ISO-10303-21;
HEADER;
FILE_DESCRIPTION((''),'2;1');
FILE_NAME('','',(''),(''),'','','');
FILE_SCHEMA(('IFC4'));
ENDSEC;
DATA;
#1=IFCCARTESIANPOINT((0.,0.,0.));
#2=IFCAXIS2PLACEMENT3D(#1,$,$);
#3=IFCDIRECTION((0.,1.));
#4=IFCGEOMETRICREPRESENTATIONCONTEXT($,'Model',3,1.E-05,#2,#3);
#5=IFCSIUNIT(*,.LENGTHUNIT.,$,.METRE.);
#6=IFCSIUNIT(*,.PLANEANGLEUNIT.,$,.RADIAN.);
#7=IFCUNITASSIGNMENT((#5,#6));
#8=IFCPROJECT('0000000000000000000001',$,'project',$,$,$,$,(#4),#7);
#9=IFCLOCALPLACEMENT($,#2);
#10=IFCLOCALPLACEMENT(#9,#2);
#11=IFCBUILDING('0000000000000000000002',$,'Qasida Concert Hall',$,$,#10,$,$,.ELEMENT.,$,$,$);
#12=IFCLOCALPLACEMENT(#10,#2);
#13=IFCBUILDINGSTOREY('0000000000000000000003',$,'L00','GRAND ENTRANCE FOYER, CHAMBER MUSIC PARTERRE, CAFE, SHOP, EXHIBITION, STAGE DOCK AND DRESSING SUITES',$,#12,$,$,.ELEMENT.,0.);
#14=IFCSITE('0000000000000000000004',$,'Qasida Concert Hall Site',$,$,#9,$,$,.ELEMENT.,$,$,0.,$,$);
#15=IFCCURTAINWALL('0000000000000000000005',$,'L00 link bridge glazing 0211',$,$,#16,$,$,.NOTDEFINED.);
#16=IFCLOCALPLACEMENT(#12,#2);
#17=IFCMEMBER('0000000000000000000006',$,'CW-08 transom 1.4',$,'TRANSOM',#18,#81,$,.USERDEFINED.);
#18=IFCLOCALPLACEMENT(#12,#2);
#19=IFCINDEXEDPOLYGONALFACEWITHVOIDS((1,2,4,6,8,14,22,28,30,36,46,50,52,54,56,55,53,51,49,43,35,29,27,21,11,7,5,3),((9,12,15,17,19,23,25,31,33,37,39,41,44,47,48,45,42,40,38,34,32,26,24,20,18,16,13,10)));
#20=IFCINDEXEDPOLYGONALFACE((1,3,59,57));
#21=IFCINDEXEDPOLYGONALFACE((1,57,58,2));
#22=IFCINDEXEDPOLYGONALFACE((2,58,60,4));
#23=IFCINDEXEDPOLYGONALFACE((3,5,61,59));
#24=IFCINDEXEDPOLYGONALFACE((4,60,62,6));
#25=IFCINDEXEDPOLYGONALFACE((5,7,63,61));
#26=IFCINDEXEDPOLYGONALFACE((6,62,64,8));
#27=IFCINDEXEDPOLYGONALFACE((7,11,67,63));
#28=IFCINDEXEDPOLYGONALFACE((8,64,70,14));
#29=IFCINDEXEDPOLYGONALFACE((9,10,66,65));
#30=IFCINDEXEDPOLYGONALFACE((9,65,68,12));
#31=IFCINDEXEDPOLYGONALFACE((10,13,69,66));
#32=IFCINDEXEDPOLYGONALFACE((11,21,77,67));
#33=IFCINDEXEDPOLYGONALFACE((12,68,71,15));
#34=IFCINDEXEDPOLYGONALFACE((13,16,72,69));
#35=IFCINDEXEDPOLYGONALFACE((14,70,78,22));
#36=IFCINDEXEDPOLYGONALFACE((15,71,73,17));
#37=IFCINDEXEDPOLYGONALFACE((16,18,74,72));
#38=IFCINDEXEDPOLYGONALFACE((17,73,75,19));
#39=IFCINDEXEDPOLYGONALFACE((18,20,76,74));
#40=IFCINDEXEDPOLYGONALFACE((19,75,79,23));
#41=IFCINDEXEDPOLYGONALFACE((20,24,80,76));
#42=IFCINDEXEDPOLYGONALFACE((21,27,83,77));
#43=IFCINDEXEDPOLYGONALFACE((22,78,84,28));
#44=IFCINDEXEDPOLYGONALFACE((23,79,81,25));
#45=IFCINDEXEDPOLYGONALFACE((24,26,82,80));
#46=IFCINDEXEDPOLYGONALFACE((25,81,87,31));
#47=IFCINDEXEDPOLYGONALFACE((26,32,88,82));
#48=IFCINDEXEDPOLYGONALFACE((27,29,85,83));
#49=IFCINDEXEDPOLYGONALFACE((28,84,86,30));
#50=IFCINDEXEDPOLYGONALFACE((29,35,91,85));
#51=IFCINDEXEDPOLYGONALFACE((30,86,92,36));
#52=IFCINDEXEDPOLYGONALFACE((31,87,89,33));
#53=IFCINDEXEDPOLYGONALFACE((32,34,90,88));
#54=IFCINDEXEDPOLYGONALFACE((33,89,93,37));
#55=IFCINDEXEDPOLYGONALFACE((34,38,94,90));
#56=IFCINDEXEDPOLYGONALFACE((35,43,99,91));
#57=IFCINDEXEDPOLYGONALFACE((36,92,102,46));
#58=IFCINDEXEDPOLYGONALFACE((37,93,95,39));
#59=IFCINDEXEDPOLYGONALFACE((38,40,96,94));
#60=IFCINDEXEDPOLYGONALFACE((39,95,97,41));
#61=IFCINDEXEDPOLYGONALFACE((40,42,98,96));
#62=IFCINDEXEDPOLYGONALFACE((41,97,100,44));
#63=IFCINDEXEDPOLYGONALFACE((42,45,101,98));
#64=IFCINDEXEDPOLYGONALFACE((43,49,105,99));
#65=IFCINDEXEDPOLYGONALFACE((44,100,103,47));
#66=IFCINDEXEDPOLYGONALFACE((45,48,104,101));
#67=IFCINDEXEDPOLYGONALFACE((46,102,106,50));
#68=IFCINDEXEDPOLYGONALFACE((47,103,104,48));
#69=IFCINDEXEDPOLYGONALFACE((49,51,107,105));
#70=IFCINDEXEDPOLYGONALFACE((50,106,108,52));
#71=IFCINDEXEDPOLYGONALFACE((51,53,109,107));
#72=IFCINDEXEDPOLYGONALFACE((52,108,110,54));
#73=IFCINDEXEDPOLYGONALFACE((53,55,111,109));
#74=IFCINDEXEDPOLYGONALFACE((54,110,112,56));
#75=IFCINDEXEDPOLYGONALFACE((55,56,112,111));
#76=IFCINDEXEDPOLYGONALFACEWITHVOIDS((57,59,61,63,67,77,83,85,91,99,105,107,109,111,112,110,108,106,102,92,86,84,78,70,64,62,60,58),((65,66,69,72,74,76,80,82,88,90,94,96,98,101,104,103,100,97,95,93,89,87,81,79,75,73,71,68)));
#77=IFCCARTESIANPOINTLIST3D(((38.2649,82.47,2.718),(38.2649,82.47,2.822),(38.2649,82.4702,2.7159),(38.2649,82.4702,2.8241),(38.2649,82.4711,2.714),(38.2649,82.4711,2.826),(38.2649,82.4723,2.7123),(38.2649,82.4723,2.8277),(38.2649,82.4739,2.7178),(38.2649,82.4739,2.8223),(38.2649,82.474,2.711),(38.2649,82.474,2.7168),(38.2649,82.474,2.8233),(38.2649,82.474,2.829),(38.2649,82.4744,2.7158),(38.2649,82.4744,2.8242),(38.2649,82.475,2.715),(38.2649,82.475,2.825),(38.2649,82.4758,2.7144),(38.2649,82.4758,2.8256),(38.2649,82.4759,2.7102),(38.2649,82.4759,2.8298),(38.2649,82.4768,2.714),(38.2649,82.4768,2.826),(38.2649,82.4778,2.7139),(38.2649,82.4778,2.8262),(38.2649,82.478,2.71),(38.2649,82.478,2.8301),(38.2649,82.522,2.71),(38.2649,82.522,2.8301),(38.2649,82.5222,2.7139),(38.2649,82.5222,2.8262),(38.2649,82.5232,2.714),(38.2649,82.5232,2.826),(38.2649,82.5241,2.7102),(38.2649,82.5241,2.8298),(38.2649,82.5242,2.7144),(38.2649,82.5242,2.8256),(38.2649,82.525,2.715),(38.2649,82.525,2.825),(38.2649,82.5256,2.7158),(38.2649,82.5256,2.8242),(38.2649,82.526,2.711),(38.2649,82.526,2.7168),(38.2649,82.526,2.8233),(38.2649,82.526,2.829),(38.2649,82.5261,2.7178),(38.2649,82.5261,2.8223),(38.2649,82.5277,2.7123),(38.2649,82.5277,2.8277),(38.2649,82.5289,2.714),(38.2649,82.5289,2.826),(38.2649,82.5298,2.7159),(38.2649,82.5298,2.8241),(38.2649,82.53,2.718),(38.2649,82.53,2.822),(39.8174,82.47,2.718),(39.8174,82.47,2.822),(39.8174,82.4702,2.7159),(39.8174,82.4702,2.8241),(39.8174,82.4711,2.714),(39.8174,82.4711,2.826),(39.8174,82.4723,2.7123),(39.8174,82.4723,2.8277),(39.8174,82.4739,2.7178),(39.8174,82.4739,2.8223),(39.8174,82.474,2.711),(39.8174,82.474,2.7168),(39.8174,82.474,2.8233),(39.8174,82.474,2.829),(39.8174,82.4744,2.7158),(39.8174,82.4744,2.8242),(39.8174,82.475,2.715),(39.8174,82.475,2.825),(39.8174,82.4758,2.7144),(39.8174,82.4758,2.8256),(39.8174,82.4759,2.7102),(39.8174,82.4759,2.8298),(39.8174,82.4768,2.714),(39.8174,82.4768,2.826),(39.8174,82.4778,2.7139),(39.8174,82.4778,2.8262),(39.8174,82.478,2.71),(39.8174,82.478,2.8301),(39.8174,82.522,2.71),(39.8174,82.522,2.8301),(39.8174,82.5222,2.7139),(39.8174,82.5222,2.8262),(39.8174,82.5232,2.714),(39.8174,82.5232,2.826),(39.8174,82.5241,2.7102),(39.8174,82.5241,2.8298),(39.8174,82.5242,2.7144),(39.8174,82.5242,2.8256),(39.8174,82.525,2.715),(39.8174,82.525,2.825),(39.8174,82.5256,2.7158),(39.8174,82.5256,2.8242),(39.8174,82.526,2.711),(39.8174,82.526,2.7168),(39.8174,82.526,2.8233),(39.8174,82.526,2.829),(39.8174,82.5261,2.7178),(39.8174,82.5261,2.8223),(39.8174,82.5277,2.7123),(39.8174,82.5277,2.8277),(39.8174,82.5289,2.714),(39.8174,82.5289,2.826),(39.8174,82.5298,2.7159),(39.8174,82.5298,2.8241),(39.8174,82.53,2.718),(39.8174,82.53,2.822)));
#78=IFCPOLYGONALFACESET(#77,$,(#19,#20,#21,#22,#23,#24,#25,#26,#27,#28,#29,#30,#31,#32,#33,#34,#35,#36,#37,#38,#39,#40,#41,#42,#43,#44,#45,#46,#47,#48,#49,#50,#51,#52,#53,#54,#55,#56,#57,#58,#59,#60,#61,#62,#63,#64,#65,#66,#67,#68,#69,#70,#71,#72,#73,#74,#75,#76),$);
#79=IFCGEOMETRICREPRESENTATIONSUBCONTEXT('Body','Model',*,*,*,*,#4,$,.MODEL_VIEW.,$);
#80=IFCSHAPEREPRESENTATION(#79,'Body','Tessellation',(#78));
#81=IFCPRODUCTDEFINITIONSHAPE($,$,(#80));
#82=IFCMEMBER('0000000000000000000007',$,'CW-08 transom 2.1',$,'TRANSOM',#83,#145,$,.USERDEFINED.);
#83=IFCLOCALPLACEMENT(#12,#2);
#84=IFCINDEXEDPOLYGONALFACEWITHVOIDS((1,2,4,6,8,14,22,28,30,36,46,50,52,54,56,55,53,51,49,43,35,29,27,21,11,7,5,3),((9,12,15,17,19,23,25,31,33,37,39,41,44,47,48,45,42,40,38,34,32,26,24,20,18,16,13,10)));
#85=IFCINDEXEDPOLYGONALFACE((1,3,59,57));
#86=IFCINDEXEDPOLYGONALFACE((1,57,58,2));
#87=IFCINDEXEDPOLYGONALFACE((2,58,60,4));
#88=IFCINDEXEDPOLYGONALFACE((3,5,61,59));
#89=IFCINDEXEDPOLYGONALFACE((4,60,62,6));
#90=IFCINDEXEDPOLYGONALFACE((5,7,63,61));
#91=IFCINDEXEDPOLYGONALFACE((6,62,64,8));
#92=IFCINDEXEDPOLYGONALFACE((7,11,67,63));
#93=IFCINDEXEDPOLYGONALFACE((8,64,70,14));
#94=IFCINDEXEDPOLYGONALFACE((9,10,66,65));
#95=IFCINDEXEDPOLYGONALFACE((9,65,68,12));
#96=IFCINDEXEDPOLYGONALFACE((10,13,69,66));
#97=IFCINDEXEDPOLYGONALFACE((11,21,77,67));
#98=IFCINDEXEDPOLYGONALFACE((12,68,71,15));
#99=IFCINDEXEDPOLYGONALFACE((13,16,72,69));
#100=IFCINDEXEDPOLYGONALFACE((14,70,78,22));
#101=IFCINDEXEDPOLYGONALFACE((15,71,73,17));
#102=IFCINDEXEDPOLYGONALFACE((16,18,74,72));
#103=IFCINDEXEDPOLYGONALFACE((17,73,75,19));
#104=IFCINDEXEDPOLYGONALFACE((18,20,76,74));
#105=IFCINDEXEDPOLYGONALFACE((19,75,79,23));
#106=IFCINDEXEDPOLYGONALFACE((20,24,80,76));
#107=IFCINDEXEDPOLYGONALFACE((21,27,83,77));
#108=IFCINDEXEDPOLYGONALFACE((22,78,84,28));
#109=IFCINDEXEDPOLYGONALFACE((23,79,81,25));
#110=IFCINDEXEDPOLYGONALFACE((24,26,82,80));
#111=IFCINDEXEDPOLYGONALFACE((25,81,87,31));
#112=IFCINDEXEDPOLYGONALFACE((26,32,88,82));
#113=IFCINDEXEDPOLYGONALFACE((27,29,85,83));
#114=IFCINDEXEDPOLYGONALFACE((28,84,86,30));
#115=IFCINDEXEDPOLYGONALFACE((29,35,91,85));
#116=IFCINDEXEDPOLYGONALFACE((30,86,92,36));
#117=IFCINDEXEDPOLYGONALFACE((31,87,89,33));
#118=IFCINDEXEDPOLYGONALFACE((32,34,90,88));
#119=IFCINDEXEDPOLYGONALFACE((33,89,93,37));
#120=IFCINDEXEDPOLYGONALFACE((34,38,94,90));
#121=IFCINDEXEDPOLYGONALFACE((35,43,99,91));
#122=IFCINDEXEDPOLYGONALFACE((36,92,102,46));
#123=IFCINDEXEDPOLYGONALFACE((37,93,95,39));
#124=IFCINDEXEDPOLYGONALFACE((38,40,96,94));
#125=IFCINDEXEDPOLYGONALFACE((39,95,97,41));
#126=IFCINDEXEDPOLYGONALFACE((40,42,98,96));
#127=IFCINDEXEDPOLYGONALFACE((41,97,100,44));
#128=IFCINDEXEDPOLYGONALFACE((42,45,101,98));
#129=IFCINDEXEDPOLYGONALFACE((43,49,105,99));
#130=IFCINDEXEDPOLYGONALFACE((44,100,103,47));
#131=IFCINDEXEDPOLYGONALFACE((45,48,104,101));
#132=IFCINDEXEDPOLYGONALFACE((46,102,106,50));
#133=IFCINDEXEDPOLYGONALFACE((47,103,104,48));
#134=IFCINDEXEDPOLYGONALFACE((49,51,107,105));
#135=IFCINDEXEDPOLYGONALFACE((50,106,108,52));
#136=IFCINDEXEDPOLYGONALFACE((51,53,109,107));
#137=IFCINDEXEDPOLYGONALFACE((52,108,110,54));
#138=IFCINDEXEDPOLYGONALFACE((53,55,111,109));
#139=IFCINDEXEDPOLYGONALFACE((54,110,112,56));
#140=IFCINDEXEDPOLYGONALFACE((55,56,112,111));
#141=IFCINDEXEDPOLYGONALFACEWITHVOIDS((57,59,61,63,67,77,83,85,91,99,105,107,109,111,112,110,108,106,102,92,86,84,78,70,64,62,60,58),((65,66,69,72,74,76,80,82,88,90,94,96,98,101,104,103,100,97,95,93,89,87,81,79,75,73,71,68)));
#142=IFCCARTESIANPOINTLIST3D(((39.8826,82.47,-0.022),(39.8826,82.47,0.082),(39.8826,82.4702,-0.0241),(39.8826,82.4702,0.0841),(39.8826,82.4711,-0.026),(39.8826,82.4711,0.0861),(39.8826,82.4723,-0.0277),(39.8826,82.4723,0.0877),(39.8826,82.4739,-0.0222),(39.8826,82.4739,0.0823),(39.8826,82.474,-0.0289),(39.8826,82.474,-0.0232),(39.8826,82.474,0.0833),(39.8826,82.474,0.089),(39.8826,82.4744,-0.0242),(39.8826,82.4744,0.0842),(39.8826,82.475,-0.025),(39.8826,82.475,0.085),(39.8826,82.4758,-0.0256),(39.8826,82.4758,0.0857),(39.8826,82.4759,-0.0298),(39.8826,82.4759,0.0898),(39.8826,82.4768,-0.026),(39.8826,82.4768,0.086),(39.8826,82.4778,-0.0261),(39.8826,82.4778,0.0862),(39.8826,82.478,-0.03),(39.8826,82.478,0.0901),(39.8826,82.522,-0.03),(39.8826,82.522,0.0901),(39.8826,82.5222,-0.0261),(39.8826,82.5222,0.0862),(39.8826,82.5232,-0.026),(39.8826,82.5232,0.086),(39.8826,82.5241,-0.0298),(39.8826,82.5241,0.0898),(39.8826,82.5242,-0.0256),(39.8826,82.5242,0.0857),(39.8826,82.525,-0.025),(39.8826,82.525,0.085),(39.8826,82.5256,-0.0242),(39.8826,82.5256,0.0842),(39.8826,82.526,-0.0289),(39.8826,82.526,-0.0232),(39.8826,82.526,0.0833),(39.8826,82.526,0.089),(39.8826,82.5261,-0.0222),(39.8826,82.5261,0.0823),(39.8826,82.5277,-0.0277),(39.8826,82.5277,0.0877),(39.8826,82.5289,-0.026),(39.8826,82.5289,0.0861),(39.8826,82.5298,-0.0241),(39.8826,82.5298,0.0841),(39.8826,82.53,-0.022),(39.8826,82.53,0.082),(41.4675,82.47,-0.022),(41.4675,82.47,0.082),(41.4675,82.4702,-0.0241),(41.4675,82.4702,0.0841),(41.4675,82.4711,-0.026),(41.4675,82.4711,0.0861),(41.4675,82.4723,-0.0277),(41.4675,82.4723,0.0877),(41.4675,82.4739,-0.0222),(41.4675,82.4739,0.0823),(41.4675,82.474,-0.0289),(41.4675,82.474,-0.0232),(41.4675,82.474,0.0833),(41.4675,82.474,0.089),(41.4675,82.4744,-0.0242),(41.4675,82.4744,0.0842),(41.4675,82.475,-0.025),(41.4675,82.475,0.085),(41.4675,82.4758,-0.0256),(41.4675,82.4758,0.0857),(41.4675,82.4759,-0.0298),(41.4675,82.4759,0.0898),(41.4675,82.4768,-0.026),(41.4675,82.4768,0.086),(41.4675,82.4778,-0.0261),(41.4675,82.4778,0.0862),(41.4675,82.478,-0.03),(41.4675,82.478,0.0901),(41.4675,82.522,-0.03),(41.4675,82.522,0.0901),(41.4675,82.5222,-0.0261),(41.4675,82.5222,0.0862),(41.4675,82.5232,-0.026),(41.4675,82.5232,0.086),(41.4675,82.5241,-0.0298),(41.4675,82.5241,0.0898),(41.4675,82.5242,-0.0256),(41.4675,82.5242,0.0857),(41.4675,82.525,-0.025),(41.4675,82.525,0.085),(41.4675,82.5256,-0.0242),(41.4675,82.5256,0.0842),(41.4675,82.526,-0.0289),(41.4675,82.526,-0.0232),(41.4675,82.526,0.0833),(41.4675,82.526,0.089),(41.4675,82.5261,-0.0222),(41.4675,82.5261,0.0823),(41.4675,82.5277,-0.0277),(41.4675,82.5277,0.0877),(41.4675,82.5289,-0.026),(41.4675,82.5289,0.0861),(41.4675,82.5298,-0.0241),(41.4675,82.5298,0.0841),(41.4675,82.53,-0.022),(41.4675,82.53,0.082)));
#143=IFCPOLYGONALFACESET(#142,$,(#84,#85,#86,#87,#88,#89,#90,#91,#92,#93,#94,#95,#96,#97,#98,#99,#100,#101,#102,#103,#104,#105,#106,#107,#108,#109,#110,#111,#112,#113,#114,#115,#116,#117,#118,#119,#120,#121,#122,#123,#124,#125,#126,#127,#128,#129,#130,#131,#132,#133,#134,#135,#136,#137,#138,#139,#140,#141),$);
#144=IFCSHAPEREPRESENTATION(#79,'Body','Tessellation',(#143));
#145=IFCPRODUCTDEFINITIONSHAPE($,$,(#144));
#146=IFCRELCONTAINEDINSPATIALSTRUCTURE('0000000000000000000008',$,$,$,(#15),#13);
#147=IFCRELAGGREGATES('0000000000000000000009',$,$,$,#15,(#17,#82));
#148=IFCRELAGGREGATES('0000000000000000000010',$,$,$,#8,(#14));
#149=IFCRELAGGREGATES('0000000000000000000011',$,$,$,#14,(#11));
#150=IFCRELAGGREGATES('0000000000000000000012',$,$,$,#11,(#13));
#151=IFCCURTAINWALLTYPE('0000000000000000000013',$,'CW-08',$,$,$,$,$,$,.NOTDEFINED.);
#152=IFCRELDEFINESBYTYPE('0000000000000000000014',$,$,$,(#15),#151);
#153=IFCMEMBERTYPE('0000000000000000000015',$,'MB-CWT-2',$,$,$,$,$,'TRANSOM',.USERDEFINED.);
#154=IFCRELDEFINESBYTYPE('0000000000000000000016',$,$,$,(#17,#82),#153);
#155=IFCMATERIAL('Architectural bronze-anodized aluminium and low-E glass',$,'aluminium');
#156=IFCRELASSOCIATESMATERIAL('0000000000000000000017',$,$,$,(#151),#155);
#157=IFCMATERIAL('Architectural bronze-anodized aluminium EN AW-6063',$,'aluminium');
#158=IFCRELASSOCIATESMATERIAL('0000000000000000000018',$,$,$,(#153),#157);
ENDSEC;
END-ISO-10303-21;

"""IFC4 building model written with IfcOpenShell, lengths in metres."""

from ifc_helpers import new_model, si_unit, direction, frame, origin, origin_2d, place, context, subcontext, project, spatial, hollow_rectangle, extrude, material, material_profile, profile_set, type_object, element, aggregate, save


model = new_model("IFC4")

# Units and contexts
model_context = context("Model", 3, precision=1e-05, world=origin(), true_north=direction((0.0, 1.0)))
body_context = subcontext(model_context, "Body", "Model", "MODEL_VIEW")
ifc_project = project(units=[si_unit("LENGTHUNIT", "METRE"), si_unit("PLANEANGLEUNIT", "RADIAN")], contexts=[model_context])

# Site, building, storey
site_placement = place(None, origin())
site = spatial("IfcSite", under=ifc_project, at=site_placement, Name="Qasida Concert Hall Site", CompositionType="ELEMENT", RefElevation=0.0)
building_placement = place(site_placement, origin())
building = spatial("IfcBuilding", under=site, at=building_placement, Name="Qasida Concert Hall", CompositionType="ELEMENT")
storey_placement = place(building_placement, origin())
storey = spatial("IfcBuildingStorey", under=building, at=storey_placement, Name="L00", Description="GRAND ENTRANCE FOYER, CHAMBER MUSIC PARTERRE, CAFE, SHOP, EXHIBITION, STAGE DOCK AND DRESSING SUITES", CompositionType="ELEMENT", Elevation=0.0)

# Curtain wall, members
ifc_material_1 = material(Name="Architectural bronze-anodized aluminium and low-E glass", Category="aluminium")
curtain_wall_type = type_object("IfcCurtainWallType", Name="CW-08", PredefinedType="NOTDEFINED", material=ifc_material_1)
curtain_wall_placement = place(storey_placement, origin())
curtain_wall = element("IfcCurtainWall", 1, at=curtain_wall_placement, inside=storey, type_object=curtain_wall_type, Name="L00 link bridge glazing 0211", PredefinedType="NOTDEFINED")
ifc_material_2 = material(Name="Architectural bronze-anodized aluminium EN AW-6063", Category="aluminium")
ifc_material_profile_1 = material_profile(ifc_material_2, hollow_rectangle(XDim=0.0601, YDim=0.1201, WallThickness=0.0039, InnerFilletRadius=0.0039, OuterFilletRadius=0.0081, at=origin_2d()), Name="CWT 120x60x4")
ifc_profile_set_1 = profile_set([ifc_material_profile_1], Name="Architectural bronze-anodized aluminium EN AW-6063")
member_type_1 = type_object("IfcMemberType", Name="MB-CWT-2", ElementType="TRANSOM", PredefinedType="USERDEFINED", material=ifc_profile_set_1)
member_1_placement = place(storey_placement, frame((38.2649, 82.5, 2.77), z_axis=(1.0, 0.0, 0.0), x_axis=(0.0, 1.0, 0.0)))
member_1 = element("IfcMember", 2, at=member_1_placement, type_object=member_type_1, Name="CW-08 transom 1.4", ObjectType="TRANSOM", PredefinedType="USERDEFINED", context=body_context, shape_type="SweptSolid", body=[
    extrude(hollow_rectangle(XDim=0.0601, YDim=0.1201, WallThickness=0.0039, InnerFilletRadius=0.0039, OuterFilletRadius=0.0081, at=origin_2d()), origin(), (0.0, 0.0, 1.0), 1.5525),
])
member_2_placement = place(storey_placement, frame((39.8826, 82.5, 0.03), z_axis=(1.0, 0.0, 0.0), x_axis=(0.0, 1.0, 0.0)))
member_2 = element("IfcMember", 3, at=member_2_placement, type_object=member_type_1, Name="CW-08 transom 2.1", ObjectType="TRANSOM", PredefinedType="USERDEFINED", context=body_context, shape_type="SweptSolid", body=[
    extrude(hollow_rectangle(XDim=0.0601, YDim=0.1201, WallThickness=0.0039, InnerFilletRadius=0.0039, OuterFilletRadius=0.0081, at=origin_2d()), origin(), (0.0, 0.0, 1.0), 1.585),
])
aggregate(curtain_wall, [member_1, member_2])

save(model, "model.ifc")
